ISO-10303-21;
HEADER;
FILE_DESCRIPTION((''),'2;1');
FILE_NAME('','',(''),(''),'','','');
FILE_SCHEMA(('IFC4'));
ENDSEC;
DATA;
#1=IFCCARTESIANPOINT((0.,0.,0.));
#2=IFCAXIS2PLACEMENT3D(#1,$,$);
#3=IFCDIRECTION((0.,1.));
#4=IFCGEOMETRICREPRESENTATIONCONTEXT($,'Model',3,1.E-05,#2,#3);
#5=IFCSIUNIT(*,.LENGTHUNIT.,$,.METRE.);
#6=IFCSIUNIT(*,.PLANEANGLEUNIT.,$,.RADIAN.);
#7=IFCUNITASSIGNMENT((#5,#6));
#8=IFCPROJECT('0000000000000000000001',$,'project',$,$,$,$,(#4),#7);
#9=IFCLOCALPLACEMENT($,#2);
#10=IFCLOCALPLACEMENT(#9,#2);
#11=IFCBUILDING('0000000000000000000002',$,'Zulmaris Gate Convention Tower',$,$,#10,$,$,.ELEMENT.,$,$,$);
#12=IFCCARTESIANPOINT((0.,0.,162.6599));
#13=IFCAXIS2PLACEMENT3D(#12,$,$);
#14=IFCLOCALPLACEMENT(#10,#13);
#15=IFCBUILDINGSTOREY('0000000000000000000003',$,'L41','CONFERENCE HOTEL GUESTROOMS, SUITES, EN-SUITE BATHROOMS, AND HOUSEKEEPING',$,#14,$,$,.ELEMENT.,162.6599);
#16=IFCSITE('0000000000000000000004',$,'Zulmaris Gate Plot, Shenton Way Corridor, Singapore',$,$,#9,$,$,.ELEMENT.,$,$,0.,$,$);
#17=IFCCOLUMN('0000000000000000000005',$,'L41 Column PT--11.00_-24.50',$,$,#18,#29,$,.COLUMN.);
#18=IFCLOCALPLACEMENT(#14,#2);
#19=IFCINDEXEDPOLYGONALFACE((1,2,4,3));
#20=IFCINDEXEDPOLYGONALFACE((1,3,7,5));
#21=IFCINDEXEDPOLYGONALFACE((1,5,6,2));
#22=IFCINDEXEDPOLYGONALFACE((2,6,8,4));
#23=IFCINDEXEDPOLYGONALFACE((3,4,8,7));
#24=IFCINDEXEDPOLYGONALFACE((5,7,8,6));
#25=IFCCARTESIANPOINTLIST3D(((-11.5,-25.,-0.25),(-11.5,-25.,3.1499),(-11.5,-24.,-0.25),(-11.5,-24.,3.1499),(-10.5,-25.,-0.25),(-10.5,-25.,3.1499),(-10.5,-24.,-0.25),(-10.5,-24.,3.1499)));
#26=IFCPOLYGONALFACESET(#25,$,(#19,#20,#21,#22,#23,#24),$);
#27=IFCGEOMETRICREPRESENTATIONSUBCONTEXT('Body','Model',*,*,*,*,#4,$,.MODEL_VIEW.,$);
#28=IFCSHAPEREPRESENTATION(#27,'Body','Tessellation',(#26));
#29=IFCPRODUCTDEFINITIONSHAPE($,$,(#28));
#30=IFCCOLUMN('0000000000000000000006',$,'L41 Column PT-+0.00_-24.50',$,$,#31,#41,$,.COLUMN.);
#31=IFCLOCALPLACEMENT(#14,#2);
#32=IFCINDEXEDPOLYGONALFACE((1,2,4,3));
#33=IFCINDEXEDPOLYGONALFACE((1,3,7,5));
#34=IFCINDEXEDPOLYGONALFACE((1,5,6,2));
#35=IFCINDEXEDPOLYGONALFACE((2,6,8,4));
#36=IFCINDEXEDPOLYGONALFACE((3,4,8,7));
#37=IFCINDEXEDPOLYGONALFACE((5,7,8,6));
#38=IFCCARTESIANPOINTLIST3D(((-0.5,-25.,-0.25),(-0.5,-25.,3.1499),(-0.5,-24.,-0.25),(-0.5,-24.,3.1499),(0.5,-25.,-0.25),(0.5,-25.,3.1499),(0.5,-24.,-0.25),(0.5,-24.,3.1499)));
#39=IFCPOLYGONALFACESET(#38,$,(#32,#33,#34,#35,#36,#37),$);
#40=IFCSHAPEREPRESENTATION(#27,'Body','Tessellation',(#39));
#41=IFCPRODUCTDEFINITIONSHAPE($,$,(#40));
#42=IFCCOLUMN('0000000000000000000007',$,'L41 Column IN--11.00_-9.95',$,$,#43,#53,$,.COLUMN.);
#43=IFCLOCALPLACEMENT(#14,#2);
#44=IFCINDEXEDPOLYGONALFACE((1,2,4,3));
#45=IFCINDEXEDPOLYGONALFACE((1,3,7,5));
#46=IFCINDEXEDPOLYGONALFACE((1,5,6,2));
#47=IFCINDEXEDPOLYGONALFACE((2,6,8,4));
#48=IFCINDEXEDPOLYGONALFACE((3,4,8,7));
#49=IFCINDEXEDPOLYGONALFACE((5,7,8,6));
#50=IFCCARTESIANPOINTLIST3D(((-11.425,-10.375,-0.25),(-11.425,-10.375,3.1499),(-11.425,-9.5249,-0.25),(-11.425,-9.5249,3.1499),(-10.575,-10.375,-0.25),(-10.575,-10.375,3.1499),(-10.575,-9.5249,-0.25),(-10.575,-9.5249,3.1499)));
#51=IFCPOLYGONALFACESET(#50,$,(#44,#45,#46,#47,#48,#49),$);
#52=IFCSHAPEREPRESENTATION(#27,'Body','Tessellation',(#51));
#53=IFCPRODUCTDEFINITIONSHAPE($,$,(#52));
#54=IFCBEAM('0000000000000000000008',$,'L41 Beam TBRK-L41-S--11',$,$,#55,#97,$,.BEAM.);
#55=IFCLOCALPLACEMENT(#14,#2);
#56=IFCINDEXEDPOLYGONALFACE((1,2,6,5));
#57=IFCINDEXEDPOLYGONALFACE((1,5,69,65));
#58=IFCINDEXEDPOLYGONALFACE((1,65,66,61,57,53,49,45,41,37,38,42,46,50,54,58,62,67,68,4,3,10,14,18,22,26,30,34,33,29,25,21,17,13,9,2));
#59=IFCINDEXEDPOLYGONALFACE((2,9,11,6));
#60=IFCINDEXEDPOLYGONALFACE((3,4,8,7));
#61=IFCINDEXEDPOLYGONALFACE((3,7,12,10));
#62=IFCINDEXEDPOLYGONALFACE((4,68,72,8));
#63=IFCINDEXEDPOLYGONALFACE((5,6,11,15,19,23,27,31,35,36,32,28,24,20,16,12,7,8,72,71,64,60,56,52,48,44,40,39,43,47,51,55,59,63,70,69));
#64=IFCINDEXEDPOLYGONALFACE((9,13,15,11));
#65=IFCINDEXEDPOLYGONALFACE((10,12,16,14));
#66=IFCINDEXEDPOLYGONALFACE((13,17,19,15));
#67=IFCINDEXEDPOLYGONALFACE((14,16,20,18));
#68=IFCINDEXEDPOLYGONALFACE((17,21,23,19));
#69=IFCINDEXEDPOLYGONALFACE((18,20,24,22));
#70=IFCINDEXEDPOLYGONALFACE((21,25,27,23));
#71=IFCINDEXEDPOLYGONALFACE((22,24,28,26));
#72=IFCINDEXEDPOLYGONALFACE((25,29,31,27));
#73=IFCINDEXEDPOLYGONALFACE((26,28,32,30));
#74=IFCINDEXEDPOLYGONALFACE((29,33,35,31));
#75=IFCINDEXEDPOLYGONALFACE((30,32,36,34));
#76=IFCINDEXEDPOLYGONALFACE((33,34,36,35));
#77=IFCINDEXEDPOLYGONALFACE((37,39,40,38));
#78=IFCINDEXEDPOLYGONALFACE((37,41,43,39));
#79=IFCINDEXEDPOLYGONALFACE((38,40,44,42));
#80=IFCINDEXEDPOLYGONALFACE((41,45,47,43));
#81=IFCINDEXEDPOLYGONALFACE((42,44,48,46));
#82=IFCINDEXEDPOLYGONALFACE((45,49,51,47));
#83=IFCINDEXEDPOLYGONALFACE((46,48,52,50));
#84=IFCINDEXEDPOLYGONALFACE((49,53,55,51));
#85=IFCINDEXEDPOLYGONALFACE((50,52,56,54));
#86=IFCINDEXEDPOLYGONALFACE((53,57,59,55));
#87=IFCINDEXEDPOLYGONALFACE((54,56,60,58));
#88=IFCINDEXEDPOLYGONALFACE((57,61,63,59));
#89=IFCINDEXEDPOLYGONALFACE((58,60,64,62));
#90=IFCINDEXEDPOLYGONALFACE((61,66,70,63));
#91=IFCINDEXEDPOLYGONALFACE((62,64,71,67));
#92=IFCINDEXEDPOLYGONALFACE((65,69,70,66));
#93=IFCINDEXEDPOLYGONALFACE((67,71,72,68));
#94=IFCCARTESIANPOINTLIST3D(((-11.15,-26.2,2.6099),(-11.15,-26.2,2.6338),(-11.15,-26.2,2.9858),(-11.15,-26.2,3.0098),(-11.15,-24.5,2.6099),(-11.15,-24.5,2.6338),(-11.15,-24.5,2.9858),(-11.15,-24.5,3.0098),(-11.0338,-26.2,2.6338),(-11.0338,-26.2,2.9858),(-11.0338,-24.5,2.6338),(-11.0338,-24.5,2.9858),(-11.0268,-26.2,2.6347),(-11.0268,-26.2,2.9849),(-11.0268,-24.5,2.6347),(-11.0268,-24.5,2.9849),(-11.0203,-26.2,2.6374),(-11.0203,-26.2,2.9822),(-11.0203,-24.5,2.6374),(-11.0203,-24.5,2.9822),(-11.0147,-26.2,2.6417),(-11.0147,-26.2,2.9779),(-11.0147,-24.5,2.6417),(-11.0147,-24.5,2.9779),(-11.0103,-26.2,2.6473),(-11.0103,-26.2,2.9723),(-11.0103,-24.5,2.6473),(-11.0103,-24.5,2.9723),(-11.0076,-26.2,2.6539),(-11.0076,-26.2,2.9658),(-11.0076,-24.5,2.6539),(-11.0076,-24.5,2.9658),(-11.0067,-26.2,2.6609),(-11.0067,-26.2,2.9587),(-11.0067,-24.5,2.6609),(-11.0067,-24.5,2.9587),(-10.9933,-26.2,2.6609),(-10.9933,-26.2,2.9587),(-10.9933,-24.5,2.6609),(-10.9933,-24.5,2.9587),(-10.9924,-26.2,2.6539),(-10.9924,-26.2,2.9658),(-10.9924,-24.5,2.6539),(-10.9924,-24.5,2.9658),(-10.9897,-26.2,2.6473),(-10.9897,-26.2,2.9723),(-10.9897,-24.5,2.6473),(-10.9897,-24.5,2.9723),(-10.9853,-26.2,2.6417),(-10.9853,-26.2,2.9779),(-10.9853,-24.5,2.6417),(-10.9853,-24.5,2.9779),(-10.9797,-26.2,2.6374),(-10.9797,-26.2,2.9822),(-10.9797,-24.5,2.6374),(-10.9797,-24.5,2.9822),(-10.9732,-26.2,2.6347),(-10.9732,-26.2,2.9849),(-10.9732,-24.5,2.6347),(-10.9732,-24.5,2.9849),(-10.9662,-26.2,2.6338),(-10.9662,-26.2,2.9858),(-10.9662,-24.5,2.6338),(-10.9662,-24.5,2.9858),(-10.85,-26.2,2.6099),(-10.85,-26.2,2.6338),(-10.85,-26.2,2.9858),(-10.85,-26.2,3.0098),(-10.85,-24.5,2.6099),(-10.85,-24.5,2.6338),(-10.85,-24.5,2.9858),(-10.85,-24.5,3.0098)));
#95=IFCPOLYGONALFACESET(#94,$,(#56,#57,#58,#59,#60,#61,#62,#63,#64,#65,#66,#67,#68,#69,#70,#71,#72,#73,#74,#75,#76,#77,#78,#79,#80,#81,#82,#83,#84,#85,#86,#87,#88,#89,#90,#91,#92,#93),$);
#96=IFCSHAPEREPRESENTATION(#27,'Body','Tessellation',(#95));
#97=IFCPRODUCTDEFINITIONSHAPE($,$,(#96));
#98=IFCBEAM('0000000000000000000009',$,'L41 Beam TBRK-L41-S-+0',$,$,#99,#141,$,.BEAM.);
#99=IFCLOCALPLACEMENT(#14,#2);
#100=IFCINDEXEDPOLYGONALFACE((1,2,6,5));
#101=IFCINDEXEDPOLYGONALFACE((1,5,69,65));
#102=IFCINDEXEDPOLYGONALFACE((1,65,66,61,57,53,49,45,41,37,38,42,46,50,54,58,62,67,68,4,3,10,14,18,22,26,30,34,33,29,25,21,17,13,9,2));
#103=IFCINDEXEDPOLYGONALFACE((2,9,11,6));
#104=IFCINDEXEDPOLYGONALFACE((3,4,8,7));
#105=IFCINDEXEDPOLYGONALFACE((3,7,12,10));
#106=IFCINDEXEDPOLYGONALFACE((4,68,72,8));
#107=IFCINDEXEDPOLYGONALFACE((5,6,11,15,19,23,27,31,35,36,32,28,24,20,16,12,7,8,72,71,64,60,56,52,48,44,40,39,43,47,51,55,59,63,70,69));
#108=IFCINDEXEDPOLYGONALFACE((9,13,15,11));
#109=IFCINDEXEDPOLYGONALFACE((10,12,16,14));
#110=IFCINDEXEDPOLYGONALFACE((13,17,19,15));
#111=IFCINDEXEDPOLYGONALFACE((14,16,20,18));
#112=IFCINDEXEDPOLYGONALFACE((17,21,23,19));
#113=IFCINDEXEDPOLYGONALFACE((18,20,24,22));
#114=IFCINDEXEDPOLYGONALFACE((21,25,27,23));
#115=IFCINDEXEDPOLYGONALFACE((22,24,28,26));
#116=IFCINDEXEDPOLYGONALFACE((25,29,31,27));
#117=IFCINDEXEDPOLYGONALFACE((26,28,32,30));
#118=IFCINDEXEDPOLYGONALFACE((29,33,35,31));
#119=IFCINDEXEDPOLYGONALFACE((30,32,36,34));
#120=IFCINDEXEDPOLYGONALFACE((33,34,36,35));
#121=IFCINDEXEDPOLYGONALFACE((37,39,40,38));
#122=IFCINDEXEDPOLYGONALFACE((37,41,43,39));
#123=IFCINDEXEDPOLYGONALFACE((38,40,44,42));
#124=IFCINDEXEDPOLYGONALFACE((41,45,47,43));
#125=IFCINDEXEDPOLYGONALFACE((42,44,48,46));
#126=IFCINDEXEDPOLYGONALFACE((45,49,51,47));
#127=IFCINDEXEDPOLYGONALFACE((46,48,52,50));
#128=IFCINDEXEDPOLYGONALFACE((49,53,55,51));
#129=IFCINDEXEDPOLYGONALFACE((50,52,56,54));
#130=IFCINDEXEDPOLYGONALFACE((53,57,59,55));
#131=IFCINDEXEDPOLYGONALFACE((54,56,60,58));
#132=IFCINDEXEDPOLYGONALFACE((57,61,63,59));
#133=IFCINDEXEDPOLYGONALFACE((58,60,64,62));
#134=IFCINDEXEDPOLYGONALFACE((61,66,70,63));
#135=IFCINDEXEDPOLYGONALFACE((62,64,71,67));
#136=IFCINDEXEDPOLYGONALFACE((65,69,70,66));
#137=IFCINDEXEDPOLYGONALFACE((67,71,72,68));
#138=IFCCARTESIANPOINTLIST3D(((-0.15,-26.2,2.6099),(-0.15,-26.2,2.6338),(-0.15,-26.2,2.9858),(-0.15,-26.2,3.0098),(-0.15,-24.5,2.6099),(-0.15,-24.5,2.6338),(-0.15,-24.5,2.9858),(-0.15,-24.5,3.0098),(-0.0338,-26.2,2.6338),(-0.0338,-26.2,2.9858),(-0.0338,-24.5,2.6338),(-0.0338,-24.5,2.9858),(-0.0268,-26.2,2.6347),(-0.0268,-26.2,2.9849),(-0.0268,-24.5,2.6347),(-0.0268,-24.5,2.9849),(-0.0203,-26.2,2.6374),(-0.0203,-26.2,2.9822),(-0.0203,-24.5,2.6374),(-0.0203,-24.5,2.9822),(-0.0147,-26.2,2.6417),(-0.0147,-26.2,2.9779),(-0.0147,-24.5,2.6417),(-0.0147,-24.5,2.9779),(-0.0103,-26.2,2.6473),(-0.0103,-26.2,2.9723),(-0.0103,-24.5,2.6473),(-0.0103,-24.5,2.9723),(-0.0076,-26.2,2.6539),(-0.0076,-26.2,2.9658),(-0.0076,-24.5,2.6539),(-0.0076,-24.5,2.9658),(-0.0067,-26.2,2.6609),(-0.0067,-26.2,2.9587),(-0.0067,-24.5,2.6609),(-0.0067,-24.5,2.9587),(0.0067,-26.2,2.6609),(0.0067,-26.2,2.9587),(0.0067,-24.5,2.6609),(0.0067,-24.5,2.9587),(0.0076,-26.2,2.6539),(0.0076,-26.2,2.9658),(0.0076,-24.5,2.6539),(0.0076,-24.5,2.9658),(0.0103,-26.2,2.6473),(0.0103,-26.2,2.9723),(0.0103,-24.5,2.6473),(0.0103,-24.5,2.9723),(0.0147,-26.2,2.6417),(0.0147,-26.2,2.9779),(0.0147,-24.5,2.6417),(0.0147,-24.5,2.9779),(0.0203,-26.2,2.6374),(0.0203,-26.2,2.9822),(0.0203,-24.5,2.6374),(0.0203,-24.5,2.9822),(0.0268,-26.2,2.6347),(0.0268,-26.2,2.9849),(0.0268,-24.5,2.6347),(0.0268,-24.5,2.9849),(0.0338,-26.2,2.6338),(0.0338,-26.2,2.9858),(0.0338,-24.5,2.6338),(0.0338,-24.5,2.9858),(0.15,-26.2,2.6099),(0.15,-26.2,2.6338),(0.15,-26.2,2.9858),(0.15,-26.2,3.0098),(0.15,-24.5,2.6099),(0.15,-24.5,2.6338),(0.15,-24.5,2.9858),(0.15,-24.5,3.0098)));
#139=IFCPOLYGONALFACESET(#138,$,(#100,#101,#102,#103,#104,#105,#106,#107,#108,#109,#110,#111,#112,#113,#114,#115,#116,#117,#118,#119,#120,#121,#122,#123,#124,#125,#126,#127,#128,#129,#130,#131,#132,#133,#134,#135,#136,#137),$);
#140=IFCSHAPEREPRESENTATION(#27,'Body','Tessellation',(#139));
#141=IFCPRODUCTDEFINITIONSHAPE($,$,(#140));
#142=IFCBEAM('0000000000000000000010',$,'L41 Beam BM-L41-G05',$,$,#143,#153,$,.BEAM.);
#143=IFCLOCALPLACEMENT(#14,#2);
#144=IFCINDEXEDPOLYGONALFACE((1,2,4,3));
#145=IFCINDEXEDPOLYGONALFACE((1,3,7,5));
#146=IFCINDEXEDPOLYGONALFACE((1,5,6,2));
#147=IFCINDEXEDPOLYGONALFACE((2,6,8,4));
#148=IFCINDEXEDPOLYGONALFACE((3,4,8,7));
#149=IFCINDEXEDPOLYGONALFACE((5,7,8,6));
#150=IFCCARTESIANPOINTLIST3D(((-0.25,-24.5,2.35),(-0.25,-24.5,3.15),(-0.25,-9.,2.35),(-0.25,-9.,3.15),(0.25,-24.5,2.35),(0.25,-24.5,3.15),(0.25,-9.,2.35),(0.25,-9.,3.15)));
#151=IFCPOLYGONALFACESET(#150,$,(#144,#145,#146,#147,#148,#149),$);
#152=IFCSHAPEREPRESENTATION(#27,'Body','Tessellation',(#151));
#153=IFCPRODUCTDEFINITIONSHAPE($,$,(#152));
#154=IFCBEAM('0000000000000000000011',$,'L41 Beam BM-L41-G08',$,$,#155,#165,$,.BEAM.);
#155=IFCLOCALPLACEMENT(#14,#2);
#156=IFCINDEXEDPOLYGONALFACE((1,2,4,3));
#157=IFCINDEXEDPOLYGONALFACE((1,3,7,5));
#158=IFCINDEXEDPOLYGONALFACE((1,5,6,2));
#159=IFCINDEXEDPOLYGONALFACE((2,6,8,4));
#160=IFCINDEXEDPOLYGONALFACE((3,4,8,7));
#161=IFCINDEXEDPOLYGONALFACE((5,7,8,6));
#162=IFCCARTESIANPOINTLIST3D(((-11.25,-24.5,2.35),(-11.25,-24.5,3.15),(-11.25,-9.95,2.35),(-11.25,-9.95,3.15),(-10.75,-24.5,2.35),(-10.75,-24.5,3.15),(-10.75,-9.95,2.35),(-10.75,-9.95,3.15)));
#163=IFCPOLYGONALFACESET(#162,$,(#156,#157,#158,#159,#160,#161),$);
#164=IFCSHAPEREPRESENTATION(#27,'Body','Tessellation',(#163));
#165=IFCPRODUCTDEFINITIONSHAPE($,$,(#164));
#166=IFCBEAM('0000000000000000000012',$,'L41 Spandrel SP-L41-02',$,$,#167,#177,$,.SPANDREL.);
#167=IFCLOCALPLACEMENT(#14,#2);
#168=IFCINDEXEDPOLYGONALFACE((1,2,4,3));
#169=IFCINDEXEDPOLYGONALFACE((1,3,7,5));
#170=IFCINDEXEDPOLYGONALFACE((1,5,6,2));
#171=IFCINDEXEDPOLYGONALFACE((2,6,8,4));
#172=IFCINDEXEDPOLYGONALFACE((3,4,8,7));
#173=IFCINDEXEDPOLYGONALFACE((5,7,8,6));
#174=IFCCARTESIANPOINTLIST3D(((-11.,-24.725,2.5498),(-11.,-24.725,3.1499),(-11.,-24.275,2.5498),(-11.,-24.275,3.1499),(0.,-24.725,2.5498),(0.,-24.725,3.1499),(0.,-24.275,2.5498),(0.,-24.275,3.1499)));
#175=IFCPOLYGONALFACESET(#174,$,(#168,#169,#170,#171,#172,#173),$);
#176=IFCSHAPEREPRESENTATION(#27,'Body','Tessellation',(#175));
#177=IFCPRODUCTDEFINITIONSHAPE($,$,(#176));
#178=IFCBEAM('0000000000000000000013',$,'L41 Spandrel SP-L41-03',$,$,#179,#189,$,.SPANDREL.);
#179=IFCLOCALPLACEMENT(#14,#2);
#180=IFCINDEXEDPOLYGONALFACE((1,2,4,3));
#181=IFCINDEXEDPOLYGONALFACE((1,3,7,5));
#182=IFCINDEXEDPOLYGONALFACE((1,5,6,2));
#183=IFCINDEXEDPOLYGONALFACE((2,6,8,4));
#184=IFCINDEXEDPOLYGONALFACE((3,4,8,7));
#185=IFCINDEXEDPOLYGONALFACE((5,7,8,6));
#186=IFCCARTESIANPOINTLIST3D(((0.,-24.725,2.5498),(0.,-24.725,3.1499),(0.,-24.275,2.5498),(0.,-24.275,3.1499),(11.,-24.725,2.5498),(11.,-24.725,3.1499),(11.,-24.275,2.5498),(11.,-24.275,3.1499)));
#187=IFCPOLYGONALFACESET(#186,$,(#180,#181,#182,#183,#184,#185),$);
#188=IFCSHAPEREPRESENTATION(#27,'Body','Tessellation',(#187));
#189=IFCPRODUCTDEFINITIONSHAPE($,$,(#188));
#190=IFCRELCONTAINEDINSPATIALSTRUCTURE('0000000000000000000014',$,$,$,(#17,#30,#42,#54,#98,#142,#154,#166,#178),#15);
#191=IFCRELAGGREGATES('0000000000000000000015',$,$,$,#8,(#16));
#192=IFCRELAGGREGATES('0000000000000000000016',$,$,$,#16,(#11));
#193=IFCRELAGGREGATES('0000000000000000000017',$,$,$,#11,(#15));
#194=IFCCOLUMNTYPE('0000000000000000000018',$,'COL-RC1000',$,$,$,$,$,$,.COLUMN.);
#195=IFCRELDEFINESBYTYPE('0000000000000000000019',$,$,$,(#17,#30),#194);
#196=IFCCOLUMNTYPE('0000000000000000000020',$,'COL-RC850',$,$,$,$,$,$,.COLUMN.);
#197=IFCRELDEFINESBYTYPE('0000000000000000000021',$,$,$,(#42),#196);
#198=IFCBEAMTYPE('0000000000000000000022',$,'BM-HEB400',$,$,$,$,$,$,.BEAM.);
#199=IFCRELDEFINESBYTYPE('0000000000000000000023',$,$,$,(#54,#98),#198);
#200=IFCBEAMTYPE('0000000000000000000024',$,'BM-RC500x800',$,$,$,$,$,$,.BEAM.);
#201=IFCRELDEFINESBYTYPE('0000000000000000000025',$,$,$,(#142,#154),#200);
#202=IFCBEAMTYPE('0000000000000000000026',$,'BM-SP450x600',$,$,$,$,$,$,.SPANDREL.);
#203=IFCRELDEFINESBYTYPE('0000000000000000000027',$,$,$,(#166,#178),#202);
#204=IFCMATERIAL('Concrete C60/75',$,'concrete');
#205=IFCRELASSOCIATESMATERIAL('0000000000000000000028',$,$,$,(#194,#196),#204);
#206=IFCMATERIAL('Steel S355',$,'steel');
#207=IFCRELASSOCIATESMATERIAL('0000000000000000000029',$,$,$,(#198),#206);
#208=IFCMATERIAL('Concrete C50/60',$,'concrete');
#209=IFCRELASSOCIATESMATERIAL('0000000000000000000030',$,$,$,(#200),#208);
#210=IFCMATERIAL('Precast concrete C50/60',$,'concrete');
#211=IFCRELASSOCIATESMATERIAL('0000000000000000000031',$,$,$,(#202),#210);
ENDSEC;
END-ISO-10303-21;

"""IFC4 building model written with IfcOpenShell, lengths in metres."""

from ifc_helpers import new_model, si_unit, direction, frame, origin, origin_2d, place, context, subcontext, project, spatial, rectangle, i_section, extrude, material, material_profile, profile_set, type_object, element, save


model = new_model("IFC4")

# Units and contexts
model_context = context("Model", 3, precision=1e-05, world=origin(), true_north=direction((0.0, 1.0)))
body_context = subcontext(model_context, "Body", "Model", "MODEL_VIEW")
ifc_project = project(units=[si_unit("LENGTHUNIT", "METRE"), si_unit("PLANEANGLEUNIT", "RADIAN")], contexts=[model_context])

# Site, building, storey
site_placement = place(None, origin())
site = spatial("IfcSite", under=ifc_project, at=site_placement, Name="Zulmaris Gate Plot, Shenton Way Corridor, Singapore", CompositionType="ELEMENT", RefElevation=0.0)
building_placement = place(site_placement, origin())
building = spatial("IfcBuilding", under=site, at=building_placement, Name="Zulmaris Gate Convention Tower", CompositionType="ELEMENT")
storey_placement = place(building_placement, frame((0.0, 0.0, 162.6599)))
storey = spatial("IfcBuildingStorey", under=building, at=storey_placement, Name="L41", Description="CONFERENCE HOTEL GUESTROOMS, SUITES, EN-SUITE BATHROOMS, AND HOUSEKEEPING", CompositionType="ELEMENT", Elevation=162.6599)

# Columns
ifc_material_1 = material(Name="Concrete C60/75", Category="concrete")
ifc_material_profile_1 = material_profile(ifc_material_1, rectangle(XDim=1.0, YDim=1.0, at=origin_2d()), Name="RC COL 1000x1000")
ifc_profile_set_1 = profile_set([ifc_material_profile_1], Name="Concrete C60/75")
column_type_1 = type_object("IfcColumnType", Name="COL-RC1000", PredefinedType="COLUMN", material=ifc_profile_set_1)
for number, where, z_axis, x_axis, name in (
    (1, (-11.0, -24.5, -0.25), (0.0, 0.0, 1.0), (1.0, 0.0, 0.0), "L41 Column PT--11.00_-24.50"),
    (2, (0.0, -24.5, -0.25), (0.0, 0.0, 1.0), (1.0, 0.0, 0.0), "L41 Column PT-+0.00_-24.50"),
):
    element("IfcColumn", number, at=place(storey_placement, frame(where, z_axis=z_axis, x_axis=x_axis)), inside=storey, type_object=column_type_1, Name=name, PredefinedType="COLUMN", context=body_context, shape_type="SweptSolid", body=[
        extrude(rectangle(XDim=1.0, YDim=1.0, at=origin_2d()), origin(), (0.0, 0.0, 1.0), 3.3999),
    ])
ifc_material_profile_2 = material_profile(ifc_material_1, rectangle(XDim=0.8501, YDim=0.8501, at=origin_2d()), Name="RC COL 850x850")
ifc_profile_set_2 = profile_set([ifc_material_profile_2], Name="Concrete C60/75")
column_type_2 = type_object("IfcColumnType", Name="COL-RC850", PredefinedType="COLUMN", material=ifc_profile_set_2)
column_placement = place(storey_placement, frame((-11.0, -9.95, -0.25), z_axis=(0.0, 0.0, 1.0), x_axis=(1.0, 0.0, 0.0)))
element("IfcColumn", 3, at=column_placement, inside=storey, type_object=column_type_2, Name="L41 Column IN--11.00_-9.95", PredefinedType="COLUMN", context=body_context, shape_type="SweptSolid", body=[
    extrude(rectangle(XDim=0.8501, YDim=0.8501, at=origin_2d()), origin(), (0.0, 0.0, 1.0), 3.3999),
])

# Beams
ifc_material_2 = material(Name="Steel S355", Category="steel")
ifc_material_profile_3 = material_profile(ifc_material_2, i_section(OverallWidth=0.3, OverallDepth=0.3999, WebThickness=0.0134, FlangeThickness=0.0239, FilletRadius=0.0271, at=origin_2d()), Name="HEB 400")
ifc_profile_set_3 = profile_set([ifc_material_profile_3], Name="Steel S355")
beam_type_1 = type_object("IfcBeamType", Name="BM-HEB400", PredefinedType="BEAM", material=ifc_profile_set_3)
for number, where, z_axis, x_axis, name in (
    (4, (-11.0, -26.2, 2.8098), (0.0, 1.0, 0.0), (-1.0, 0.0, 0.0), "L41 Beam TBRK-L41-S--11"),
    (5, (0.0, -26.2, 2.8098), (0.0, 1.0, 0.0), (-1.0, 0.0, 0.0), "L41 Beam TBRK-L41-S-+0"),
):
    element("IfcBeam", number, at=place(storey_placement, frame(where, z_axis=z_axis, x_axis=x_axis)), inside=storey, type_object=beam_type_1, Name=name, PredefinedType="BEAM", context=body_context, shape_type="SweptSolid", body=[
        extrude(i_section(OverallWidth=0.3, OverallDepth=0.3999, WebThickness=0.0134, FlangeThickness=0.0239, FilletRadius=0.0271, at=origin_2d()), origin(), (0.0, 0.0, 1.0), 1.7),
    ])
ifc_material_3 = material(Name="Concrete C50/60", Category="concrete")
ifc_material_profile_4 = material_profile(ifc_material_3, rectangle(XDim=0.5, YDim=0.8, at=origin_2d()), Name="RC BEAM 500x800")
ifc_profile_set_4 = profile_set([ifc_material_profile_4], Name="Concrete C50/60")
beam_type_2 = type_object("IfcBeamType", Name="BM-RC500x800", PredefinedType="BEAM", material=ifc_profile_set_4)
beam_1_placement = place(storey_placement, frame((0.0, -24.5, 2.75), z_axis=(0.0, 1.0, 0.0), x_axis=(-1.0, 0.0, 0.0)))
element("IfcBeam", 6, at=beam_1_placement, inside=storey, type_object=beam_type_2, Name="L41 Beam BM-L41-G05", PredefinedType="BEAM", context=body_context, shape_type="SweptSolid", body=[
    extrude(rectangle(XDim=0.5, YDim=0.8, at=origin_2d()), origin(), (0.0, 0.0, 1.0), 15.5),
])
beam_2_placement = place(storey_placement, frame((-11.0, -24.5, 2.75), z_axis=(0.0, 1.0, 0.0), x_axis=(-1.0, 0.0, 0.0)))
element("IfcBeam", 7, at=beam_2_placement, inside=storey, type_object=beam_type_2, Name="L41 Beam BM-L41-G08", PredefinedType="BEAM", context=body_context, shape_type="SweptSolid", body=[
    extrude(rectangle(XDim=0.5, YDim=0.8, at=origin_2d()), origin(), (0.0, 0.0, 1.0), 14.55),
])
ifc_material_4 = material(Name="Precast concrete C50/60", Category="concrete")
ifc_material_profile_5 = material_profile(ifc_material_4, rectangle(XDim=0.45, YDim=0.6001, at=origin_2d()), Name="RC SPANDREL 450x600")
ifc_profile_set_5 = profile_set([ifc_material_profile_5], Name="Precast concrete C50/60")
beam_type_3 = type_object("IfcBeamType", Name="BM-SP450x600", PredefinedType="SPANDREL", material=ifc_profile_set_5)
for number, where, z_axis, x_axis, name in (
    (8, (-11.0, -24.5, 2.8499), (1.0, 0.0, 0.0), (0.0, 1.0, 0.0), "L41 Spandrel SP-L41-02"),
    (9, (0.0, -24.5, 2.8499), (1.0, 0.0, 0.0), (0.0, 1.0, 0.0), "L41 Spandrel SP-L41-03"),
):
    element("IfcBeam", number, at=place(storey_placement, frame(where, z_axis=z_axis, x_axis=x_axis)), inside=storey, type_object=beam_type_3, Name=name, PredefinedType="SPANDREL", context=body_context, shape_type="SweptSolid", body=[
        extrude(rectangle(XDim=0.45, YDim=0.6001, at=origin_2d()), origin(), (0.0, 0.0, 1.0), 11.0),
    ])

save(model, "model.ifc")
